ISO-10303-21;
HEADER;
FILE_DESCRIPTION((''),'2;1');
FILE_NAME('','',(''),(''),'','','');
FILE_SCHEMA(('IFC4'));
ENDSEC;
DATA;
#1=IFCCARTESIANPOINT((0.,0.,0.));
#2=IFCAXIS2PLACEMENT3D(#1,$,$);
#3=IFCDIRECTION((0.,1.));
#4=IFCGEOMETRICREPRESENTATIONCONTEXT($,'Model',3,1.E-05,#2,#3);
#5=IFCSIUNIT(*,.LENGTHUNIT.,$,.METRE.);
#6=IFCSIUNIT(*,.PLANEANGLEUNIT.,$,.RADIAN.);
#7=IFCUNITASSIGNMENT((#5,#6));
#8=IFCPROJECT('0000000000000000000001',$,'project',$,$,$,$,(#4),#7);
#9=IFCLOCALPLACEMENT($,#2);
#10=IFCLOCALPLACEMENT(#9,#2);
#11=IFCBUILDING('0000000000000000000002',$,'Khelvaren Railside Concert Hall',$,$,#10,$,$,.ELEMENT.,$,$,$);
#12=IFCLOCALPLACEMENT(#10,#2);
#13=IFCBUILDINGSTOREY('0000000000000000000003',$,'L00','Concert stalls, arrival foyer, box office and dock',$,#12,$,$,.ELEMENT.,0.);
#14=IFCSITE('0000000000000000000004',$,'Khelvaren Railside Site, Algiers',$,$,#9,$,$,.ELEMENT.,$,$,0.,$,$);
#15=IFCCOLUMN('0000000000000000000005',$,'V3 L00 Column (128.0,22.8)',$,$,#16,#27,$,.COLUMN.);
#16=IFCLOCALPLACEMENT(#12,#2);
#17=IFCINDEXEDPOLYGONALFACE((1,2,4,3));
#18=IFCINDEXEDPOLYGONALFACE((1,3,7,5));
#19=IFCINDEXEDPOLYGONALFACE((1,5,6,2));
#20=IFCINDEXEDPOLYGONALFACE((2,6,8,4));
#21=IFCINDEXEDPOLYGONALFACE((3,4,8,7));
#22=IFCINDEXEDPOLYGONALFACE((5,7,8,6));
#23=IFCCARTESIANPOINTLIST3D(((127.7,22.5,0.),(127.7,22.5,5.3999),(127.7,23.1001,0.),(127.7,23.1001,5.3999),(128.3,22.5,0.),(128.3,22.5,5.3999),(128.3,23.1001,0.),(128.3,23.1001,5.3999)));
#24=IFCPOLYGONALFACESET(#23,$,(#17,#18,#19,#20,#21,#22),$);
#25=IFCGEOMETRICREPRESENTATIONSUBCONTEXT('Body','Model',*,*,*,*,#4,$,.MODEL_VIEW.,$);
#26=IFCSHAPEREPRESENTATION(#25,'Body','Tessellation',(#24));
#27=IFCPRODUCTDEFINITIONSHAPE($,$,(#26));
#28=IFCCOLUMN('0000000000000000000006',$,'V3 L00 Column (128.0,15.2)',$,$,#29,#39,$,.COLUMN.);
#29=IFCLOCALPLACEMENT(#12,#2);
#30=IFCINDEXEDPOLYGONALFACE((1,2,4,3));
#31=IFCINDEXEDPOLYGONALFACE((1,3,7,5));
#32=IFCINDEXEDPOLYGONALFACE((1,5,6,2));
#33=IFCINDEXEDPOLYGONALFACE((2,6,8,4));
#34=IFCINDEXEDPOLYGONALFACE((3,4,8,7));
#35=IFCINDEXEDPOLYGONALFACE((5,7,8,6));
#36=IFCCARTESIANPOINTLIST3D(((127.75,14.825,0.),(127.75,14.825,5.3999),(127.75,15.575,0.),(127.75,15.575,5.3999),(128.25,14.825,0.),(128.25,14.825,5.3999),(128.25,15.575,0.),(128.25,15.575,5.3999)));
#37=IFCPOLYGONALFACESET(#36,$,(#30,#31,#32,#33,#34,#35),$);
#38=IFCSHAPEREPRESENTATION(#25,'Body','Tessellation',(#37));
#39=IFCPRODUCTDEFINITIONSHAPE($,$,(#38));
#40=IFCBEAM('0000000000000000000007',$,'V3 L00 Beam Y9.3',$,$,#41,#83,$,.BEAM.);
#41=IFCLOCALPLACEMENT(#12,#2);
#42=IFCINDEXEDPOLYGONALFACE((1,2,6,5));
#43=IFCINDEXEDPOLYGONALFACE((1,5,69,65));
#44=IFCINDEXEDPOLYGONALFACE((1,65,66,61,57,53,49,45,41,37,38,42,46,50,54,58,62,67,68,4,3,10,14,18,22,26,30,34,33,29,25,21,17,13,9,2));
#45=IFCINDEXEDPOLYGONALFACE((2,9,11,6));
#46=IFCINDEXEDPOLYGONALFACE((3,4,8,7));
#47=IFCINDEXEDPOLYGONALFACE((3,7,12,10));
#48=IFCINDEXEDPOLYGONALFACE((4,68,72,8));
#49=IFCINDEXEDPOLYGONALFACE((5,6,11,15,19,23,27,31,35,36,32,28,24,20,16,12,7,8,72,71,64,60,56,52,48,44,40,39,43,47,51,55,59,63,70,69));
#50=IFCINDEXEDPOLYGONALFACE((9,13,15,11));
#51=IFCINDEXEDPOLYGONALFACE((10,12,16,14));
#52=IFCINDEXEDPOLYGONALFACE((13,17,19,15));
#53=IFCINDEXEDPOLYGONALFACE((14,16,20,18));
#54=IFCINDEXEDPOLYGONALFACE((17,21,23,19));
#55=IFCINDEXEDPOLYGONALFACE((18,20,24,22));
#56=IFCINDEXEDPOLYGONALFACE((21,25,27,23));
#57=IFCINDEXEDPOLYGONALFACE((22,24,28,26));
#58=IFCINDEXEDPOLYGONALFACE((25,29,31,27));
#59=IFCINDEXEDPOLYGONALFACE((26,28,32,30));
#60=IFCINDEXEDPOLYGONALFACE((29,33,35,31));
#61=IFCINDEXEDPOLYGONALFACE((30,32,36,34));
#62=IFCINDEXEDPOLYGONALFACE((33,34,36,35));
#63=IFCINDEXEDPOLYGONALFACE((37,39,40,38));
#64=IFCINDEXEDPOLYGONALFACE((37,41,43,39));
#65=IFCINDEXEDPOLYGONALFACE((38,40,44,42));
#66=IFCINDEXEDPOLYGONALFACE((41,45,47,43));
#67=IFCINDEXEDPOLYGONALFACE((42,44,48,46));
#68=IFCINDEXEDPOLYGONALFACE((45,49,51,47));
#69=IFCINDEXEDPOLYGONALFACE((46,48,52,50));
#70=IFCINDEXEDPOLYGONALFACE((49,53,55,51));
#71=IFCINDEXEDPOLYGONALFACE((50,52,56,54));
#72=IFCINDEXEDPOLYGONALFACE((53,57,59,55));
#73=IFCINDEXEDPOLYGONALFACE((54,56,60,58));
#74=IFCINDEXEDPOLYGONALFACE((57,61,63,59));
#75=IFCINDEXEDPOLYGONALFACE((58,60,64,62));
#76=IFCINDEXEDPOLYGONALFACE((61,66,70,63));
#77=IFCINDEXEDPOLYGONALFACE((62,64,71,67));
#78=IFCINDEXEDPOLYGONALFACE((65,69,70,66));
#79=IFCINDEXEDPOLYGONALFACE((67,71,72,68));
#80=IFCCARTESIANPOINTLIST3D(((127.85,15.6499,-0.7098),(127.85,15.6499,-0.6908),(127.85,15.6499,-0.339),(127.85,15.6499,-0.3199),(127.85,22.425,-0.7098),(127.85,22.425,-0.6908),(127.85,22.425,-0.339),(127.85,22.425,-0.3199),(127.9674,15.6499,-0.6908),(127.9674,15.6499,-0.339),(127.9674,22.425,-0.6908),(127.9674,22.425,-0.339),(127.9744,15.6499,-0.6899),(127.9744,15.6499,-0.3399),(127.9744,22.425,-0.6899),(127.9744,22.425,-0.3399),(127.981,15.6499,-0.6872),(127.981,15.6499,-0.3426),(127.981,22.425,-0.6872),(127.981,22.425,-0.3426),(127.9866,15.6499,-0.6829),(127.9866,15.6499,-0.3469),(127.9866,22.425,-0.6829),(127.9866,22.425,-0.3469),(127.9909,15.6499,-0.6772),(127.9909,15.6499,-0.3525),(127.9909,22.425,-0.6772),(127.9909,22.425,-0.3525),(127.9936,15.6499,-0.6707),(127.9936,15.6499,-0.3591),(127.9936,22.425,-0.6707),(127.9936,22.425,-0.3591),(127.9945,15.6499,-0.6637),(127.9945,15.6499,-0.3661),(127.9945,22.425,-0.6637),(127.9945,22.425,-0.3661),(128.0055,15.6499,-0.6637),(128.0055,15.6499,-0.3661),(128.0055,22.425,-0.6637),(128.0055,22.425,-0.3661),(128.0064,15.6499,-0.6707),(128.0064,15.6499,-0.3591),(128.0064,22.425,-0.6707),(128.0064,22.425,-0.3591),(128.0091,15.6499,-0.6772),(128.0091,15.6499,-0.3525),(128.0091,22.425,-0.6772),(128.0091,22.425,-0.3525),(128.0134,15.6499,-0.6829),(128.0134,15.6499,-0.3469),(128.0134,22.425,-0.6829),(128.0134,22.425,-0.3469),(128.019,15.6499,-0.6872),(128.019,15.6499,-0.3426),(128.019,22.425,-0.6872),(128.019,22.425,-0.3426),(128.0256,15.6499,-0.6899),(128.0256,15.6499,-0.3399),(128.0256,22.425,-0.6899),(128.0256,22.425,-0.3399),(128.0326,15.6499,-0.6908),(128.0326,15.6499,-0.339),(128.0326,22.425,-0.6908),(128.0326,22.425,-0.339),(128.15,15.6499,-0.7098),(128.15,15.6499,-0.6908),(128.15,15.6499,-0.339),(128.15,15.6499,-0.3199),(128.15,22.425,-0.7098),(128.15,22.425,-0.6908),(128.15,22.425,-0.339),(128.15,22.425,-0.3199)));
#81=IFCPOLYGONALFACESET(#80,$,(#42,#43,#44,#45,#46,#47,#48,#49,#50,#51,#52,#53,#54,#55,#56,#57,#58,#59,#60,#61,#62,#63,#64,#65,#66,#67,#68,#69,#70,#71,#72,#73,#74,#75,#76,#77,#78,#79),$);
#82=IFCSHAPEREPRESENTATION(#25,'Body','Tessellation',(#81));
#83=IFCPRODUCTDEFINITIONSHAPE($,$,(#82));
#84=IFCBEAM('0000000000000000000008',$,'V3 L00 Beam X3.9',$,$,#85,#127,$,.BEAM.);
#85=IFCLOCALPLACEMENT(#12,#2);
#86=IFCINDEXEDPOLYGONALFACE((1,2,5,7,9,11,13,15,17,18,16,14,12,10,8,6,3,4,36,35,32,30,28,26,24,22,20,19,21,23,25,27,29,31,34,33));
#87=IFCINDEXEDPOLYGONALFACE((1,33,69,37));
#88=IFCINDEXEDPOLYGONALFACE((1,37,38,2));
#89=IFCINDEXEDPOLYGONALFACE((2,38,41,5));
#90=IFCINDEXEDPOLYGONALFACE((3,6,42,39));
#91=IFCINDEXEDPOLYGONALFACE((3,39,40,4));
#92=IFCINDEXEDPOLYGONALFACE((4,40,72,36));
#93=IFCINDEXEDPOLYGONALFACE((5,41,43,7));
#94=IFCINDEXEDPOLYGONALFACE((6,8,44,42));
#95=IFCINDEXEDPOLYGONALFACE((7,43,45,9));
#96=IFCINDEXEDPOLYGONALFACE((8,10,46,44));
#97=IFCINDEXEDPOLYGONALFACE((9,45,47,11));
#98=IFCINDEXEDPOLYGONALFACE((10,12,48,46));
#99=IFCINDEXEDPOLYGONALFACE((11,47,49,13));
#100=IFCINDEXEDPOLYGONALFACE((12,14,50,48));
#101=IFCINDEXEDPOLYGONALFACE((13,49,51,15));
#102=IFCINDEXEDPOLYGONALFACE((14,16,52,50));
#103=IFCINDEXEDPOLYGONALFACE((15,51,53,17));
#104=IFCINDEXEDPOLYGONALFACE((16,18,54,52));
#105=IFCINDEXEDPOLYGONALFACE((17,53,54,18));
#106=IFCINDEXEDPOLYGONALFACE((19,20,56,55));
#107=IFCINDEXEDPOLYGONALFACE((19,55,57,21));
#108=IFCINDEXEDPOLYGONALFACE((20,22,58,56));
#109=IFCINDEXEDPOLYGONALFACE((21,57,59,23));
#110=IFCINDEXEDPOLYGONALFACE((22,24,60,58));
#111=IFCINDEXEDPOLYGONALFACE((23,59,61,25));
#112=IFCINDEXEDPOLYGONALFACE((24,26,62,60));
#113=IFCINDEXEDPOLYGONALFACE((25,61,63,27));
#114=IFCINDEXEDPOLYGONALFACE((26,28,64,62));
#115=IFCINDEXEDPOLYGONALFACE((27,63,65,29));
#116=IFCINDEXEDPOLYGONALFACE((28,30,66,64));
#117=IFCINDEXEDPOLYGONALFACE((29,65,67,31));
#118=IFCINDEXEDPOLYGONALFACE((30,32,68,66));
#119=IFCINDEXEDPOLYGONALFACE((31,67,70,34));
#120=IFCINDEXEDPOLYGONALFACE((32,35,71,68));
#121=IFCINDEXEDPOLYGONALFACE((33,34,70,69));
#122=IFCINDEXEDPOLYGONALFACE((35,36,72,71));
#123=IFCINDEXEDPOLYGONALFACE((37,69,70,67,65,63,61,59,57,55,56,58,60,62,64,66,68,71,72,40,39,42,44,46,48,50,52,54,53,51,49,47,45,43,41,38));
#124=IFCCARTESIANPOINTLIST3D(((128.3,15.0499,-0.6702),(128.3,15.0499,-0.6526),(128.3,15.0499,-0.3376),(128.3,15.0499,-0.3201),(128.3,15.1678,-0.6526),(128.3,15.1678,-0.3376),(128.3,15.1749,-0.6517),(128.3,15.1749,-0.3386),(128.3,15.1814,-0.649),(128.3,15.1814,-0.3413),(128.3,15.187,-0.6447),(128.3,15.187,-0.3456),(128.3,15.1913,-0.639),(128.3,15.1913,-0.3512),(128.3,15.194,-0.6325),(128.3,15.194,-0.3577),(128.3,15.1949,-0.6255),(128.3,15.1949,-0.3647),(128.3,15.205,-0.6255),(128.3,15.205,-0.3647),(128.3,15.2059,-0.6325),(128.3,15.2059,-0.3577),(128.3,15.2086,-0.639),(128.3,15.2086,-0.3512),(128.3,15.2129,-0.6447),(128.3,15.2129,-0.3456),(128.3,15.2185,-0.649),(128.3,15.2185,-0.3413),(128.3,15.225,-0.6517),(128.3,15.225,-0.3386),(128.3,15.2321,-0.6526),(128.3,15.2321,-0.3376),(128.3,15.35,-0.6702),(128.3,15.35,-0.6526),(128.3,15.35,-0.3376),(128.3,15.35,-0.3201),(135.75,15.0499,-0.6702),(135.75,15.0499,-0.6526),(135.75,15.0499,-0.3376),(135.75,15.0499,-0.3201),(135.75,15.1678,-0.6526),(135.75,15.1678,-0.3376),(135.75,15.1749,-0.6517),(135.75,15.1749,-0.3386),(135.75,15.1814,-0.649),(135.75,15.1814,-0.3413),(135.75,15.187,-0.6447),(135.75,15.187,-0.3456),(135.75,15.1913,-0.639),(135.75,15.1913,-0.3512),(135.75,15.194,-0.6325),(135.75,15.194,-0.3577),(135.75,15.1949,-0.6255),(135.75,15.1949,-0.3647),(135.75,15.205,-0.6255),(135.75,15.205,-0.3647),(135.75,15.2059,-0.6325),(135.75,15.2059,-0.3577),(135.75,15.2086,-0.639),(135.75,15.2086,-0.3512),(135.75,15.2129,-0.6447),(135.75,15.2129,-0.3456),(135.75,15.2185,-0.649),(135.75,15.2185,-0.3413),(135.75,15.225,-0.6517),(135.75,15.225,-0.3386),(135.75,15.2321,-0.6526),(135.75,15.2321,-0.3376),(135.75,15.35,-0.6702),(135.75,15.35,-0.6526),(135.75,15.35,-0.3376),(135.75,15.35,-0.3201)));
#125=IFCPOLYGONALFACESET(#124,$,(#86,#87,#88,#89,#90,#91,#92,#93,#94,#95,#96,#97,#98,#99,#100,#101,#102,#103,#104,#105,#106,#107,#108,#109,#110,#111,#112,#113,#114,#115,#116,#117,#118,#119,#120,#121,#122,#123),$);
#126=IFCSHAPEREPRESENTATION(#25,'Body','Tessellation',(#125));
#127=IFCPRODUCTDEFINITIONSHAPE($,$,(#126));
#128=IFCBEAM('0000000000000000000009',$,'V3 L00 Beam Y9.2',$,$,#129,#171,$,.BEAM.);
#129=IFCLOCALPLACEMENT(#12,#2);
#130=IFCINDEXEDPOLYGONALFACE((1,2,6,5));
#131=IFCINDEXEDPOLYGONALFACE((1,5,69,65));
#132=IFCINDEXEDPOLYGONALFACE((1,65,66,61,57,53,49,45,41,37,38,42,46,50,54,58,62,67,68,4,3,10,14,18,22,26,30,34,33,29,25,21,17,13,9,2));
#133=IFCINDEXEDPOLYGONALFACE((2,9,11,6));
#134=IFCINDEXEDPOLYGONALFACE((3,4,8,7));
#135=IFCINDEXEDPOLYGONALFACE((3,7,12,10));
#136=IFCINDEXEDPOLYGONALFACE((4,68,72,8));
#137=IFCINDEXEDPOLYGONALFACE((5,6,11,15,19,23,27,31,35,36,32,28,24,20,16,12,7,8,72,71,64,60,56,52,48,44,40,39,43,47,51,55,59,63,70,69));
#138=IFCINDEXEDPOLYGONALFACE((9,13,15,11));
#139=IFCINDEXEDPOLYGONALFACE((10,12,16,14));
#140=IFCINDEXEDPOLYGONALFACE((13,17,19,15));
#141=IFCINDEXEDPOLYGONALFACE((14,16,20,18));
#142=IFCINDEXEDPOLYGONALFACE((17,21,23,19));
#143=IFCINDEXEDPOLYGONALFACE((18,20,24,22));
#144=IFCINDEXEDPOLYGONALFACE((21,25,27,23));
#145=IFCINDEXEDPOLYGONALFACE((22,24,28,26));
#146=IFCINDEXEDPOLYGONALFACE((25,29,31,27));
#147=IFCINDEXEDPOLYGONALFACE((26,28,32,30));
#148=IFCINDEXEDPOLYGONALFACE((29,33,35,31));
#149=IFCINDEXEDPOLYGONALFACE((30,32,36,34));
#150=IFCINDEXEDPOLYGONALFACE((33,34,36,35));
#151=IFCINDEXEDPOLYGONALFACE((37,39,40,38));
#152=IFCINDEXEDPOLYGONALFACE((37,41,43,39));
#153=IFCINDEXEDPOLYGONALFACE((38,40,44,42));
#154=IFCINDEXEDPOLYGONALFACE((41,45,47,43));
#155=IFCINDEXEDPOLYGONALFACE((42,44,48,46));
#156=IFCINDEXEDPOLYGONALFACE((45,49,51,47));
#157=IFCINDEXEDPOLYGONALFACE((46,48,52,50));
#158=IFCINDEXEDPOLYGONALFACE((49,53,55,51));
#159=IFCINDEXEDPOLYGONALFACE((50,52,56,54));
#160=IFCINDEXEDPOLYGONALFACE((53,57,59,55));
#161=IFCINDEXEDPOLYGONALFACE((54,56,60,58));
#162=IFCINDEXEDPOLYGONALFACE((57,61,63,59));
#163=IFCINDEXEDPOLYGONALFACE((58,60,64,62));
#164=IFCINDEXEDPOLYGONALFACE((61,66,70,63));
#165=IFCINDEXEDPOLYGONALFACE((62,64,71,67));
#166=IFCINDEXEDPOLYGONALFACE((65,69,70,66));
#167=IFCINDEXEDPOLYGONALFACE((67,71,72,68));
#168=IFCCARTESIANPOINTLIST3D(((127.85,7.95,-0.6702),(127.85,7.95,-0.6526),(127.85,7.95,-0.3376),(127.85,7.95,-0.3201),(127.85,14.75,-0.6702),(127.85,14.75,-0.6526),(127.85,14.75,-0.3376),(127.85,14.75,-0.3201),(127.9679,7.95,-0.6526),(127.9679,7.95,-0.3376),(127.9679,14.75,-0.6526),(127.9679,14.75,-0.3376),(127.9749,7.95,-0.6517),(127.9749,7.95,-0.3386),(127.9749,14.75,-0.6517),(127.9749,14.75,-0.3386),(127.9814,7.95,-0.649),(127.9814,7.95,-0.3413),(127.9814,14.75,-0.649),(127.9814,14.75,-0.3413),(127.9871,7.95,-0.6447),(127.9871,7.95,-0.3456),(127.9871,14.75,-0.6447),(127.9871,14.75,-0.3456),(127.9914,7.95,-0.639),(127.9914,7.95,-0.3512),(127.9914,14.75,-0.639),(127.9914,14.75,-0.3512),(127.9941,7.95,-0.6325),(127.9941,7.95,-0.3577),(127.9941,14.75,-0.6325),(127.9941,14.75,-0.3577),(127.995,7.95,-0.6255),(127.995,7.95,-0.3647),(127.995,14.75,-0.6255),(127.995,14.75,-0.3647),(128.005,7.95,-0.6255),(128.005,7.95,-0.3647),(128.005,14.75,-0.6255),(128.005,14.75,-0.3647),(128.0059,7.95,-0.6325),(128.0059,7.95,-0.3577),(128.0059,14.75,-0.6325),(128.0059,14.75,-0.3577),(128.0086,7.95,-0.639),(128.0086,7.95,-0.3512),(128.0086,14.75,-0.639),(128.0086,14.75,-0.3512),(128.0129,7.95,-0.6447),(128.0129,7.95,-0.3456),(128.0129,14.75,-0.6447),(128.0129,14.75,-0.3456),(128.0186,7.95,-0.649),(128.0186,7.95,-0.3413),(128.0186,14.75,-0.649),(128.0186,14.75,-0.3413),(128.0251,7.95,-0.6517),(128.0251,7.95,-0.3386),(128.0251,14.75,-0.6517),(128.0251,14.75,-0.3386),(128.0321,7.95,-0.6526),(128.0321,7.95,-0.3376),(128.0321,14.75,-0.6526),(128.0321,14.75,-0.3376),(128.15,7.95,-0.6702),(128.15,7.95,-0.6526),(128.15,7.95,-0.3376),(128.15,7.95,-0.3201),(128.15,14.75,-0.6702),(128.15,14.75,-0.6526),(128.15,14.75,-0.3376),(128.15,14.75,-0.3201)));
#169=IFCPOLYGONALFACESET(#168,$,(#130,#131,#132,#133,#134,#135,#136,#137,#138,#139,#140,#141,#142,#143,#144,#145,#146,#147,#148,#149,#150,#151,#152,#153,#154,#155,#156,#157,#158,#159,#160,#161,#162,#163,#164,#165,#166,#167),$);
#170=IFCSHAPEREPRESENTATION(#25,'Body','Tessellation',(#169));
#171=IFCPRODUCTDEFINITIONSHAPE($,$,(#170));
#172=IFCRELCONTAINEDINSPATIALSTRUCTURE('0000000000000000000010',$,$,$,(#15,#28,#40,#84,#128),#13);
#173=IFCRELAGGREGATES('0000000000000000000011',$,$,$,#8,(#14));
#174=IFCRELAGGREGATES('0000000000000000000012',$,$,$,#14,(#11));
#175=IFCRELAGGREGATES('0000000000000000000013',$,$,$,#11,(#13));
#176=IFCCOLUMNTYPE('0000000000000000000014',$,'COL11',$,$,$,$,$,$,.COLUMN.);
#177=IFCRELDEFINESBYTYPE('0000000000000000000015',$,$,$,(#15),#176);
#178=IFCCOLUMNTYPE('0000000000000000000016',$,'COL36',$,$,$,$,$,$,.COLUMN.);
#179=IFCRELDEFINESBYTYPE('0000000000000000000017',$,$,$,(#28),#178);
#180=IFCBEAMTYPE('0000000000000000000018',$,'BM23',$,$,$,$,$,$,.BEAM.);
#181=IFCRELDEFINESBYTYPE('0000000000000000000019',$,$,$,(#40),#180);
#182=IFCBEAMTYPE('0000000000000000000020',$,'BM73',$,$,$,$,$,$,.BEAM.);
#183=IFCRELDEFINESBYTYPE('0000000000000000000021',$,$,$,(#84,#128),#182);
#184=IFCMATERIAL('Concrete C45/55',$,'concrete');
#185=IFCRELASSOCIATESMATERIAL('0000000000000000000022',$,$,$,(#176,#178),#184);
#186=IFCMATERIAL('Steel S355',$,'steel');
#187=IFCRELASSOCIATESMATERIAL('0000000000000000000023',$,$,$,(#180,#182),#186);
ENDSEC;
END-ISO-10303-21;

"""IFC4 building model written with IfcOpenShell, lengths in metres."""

from ifc_helpers import new_model, si_unit, direction, frame, origin, origin_2d, place, context, subcontext, project, spatial, rectangle, i_section, extrude, material, material_profile, profile_set, type_object, element, save


model = new_model("IFC4")

# Units and contexts
model_context = context("Model", 3, precision=1e-05, world=origin(), true_north=direction((0.0, 1.0)))
body_context = subcontext(model_context, "Body", "Model", "MODEL_VIEW")
ifc_project = project(units=[si_unit("LENGTHUNIT", "METRE"), si_unit("PLANEANGLEUNIT", "RADIAN")], contexts=[model_context])

# Site, building, storey
site_placement = place(None, origin())
site = spatial("IfcSite", under=ifc_project, at=site_placement, Name="Khelvaren Railside Site, Algiers", CompositionType="ELEMENT", RefElevation=0.0)
building_placement = place(site_placement, origin())
building = spatial("IfcBuilding", under=site, at=building_placement, Name="Khelvaren Railside Concert Hall", CompositionType="ELEMENT")
storey_placement = place(building_placement, origin())
storey = spatial("IfcBuildingStorey", under=building, at=storey_placement, Name="L00", Description="Concert stalls, arrival foyer, box office and dock", CompositionType="ELEMENT", Elevation=0.0)

# Columns
ifc_material_1 = material(Name="Concrete C45/55", Category="concrete")
ifc_material_profile_1 = material_profile(ifc_material_1, rectangle(XDim=0.6001, YDim=0.6001, at=origin_2d()), Name="RC 600x600")
ifc_profile_set_1 = profile_set([ifc_material_profile_1], Name="Concrete C45/55")
column_type_1 = type_object("IfcColumnType", Name="COL11", PredefinedType="COLUMN", material=ifc_profile_set_1)
column_1_placement = place(storey_placement, frame((128.0, 22.8, 0.0), z_axis=(0.0, 0.0, 1.0), x_axis=(1.0, 0.0, 0.0)))
element("IfcColumn", 1, at=column_1_placement, inside=storey, type_object=column_type_1, Name="V3 L00 Column (128.0,22.8)", PredefinedType="COLUMN", context=body_context, shape_type="SweptSolid", body=[
    extrude(rectangle(XDim=0.6001, YDim=0.6001, at=origin_2d()), origin(), (0.0, 0.0, 1.0), 5.3999),
])
ifc_material_profile_2 = material_profile(ifc_material_1, rectangle(XDim=0.5, YDim=0.75, at=origin_2d()), Name="RC 500x750")
ifc_profile_set_2 = profile_set([ifc_material_profile_2], Name="Concrete C45/55")
column_type_2 = type_object("IfcColumnType", Name="COL36", PredefinedType="COLUMN", material=ifc_profile_set_2)
column_2_placement = place(storey_placement, frame((128.0, 15.2, 0.0), z_axis=(0.0, 0.0, 1.0), x_axis=(1.0, 0.0, 0.0)))
element("IfcColumn", 2, at=column_2_placement, inside=storey, type_object=column_type_2, Name="V3 L00 Column (128.0,15.2)", PredefinedType="COLUMN", context=body_context, shape_type="SweptSolid", body=[
    extrude(rectangle(XDim=0.5, YDim=0.75, at=origin_2d()), origin(), (0.0, 0.0, 1.0), 5.3999),
])

# Beams
ifc_material_2 = material(Name="Steel S355", Category="steel")
ifc_material_profile_3 = material_profile(ifc_material_2, i_section(OverallWidth=0.3, OverallDepth=0.3899, WebThickness=0.011, FlangeThickness=0.019, FilletRadius=0.0271, at=origin_2d()), Name="HEA 400")
ifc_profile_set_3 = profile_set([ifc_material_profile_3], Name="Steel S355")
beam_type_1 = type_object("IfcBeamType", Name="BM23", PredefinedType="BEAM", material=ifc_profile_set_3)
beam_1_placement = place(storey_placement, frame((128.0, 15.6499, -0.5149), z_axis=(0.0, 1.0, 0.0), x_axis=(-1.0, 0.0, 0.0)))
element("IfcBeam", 3, at=beam_1_placement, inside=storey, type_object=beam_type_1, Name="V3 L00 Beam Y9.3", PredefinedType="BEAM", context=body_context, shape_type="SweptSolid", body=[
    extrude(i_section(OverallWidth=0.3, OverallDepth=0.3899, WebThickness=0.011, FlangeThickness=0.019, FilletRadius=0.0271, at=origin_2d()), origin(), (0.0, 0.0, 1.0), 6.7751),
])
ifc_material_profile_4 = material_profile(ifc_material_2, i_section(OverallWidth=0.3, OverallDepth=0.3501, WebThickness=0.01, FlangeThickness=0.0176, FilletRadius=0.0271, at=origin_2d()), Name="HEA 360")
ifc_profile_set_4 = profile_set([ifc_material_profile_4], Name="Steel S355")
beam_type_2 = type_object("IfcBeamType", Name="BM73", PredefinedType="BEAM", material=ifc_profile_set_4)
beam_2_placement = place(storey_placement, frame((128.3, 15.2, -0.4951), z_axis=(1.0, 0.0, 0.0), x_axis=(0.0, 1.0, 0.0)))
element("IfcBeam", 4, at=beam_2_placement, inside=storey, type_object=beam_type_2, Name="V3 L00 Beam X3.9", PredefinedType="BEAM", context=body_context, shape_type="SweptSolid", body=[
    extrude(i_section(OverallWidth=0.3, OverallDepth=0.3501, WebThickness=0.01, FlangeThickness=0.0176, FilletRadius=0.0271, at=origin_2d()), origin(), (0.0, 0.0, 1.0), 7.45),
])
beam_3_placement = place(storey_placement, frame((128.0, 7.95, -0.4951), z_axis=(0.0, 1.0, 0.0), x_axis=(-1.0, 0.0, 0.0)))
element("IfcBeam", 5, at=beam_3_placement, inside=storey, type_object=beam_type_2, Name="V3 L00 Beam Y9.2", PredefinedType="BEAM", context=body_context, shape_type="SweptSolid", body=[
    extrude(i_section(OverallWidth=0.3, OverallDepth=0.3501, WebThickness=0.01, FlangeThickness=0.0176, FilletRadius=0.0271, at=origin_2d()), origin(), (0.0, 0.0, 1.0), 6.8),
])

save(model, "model.ifc")
